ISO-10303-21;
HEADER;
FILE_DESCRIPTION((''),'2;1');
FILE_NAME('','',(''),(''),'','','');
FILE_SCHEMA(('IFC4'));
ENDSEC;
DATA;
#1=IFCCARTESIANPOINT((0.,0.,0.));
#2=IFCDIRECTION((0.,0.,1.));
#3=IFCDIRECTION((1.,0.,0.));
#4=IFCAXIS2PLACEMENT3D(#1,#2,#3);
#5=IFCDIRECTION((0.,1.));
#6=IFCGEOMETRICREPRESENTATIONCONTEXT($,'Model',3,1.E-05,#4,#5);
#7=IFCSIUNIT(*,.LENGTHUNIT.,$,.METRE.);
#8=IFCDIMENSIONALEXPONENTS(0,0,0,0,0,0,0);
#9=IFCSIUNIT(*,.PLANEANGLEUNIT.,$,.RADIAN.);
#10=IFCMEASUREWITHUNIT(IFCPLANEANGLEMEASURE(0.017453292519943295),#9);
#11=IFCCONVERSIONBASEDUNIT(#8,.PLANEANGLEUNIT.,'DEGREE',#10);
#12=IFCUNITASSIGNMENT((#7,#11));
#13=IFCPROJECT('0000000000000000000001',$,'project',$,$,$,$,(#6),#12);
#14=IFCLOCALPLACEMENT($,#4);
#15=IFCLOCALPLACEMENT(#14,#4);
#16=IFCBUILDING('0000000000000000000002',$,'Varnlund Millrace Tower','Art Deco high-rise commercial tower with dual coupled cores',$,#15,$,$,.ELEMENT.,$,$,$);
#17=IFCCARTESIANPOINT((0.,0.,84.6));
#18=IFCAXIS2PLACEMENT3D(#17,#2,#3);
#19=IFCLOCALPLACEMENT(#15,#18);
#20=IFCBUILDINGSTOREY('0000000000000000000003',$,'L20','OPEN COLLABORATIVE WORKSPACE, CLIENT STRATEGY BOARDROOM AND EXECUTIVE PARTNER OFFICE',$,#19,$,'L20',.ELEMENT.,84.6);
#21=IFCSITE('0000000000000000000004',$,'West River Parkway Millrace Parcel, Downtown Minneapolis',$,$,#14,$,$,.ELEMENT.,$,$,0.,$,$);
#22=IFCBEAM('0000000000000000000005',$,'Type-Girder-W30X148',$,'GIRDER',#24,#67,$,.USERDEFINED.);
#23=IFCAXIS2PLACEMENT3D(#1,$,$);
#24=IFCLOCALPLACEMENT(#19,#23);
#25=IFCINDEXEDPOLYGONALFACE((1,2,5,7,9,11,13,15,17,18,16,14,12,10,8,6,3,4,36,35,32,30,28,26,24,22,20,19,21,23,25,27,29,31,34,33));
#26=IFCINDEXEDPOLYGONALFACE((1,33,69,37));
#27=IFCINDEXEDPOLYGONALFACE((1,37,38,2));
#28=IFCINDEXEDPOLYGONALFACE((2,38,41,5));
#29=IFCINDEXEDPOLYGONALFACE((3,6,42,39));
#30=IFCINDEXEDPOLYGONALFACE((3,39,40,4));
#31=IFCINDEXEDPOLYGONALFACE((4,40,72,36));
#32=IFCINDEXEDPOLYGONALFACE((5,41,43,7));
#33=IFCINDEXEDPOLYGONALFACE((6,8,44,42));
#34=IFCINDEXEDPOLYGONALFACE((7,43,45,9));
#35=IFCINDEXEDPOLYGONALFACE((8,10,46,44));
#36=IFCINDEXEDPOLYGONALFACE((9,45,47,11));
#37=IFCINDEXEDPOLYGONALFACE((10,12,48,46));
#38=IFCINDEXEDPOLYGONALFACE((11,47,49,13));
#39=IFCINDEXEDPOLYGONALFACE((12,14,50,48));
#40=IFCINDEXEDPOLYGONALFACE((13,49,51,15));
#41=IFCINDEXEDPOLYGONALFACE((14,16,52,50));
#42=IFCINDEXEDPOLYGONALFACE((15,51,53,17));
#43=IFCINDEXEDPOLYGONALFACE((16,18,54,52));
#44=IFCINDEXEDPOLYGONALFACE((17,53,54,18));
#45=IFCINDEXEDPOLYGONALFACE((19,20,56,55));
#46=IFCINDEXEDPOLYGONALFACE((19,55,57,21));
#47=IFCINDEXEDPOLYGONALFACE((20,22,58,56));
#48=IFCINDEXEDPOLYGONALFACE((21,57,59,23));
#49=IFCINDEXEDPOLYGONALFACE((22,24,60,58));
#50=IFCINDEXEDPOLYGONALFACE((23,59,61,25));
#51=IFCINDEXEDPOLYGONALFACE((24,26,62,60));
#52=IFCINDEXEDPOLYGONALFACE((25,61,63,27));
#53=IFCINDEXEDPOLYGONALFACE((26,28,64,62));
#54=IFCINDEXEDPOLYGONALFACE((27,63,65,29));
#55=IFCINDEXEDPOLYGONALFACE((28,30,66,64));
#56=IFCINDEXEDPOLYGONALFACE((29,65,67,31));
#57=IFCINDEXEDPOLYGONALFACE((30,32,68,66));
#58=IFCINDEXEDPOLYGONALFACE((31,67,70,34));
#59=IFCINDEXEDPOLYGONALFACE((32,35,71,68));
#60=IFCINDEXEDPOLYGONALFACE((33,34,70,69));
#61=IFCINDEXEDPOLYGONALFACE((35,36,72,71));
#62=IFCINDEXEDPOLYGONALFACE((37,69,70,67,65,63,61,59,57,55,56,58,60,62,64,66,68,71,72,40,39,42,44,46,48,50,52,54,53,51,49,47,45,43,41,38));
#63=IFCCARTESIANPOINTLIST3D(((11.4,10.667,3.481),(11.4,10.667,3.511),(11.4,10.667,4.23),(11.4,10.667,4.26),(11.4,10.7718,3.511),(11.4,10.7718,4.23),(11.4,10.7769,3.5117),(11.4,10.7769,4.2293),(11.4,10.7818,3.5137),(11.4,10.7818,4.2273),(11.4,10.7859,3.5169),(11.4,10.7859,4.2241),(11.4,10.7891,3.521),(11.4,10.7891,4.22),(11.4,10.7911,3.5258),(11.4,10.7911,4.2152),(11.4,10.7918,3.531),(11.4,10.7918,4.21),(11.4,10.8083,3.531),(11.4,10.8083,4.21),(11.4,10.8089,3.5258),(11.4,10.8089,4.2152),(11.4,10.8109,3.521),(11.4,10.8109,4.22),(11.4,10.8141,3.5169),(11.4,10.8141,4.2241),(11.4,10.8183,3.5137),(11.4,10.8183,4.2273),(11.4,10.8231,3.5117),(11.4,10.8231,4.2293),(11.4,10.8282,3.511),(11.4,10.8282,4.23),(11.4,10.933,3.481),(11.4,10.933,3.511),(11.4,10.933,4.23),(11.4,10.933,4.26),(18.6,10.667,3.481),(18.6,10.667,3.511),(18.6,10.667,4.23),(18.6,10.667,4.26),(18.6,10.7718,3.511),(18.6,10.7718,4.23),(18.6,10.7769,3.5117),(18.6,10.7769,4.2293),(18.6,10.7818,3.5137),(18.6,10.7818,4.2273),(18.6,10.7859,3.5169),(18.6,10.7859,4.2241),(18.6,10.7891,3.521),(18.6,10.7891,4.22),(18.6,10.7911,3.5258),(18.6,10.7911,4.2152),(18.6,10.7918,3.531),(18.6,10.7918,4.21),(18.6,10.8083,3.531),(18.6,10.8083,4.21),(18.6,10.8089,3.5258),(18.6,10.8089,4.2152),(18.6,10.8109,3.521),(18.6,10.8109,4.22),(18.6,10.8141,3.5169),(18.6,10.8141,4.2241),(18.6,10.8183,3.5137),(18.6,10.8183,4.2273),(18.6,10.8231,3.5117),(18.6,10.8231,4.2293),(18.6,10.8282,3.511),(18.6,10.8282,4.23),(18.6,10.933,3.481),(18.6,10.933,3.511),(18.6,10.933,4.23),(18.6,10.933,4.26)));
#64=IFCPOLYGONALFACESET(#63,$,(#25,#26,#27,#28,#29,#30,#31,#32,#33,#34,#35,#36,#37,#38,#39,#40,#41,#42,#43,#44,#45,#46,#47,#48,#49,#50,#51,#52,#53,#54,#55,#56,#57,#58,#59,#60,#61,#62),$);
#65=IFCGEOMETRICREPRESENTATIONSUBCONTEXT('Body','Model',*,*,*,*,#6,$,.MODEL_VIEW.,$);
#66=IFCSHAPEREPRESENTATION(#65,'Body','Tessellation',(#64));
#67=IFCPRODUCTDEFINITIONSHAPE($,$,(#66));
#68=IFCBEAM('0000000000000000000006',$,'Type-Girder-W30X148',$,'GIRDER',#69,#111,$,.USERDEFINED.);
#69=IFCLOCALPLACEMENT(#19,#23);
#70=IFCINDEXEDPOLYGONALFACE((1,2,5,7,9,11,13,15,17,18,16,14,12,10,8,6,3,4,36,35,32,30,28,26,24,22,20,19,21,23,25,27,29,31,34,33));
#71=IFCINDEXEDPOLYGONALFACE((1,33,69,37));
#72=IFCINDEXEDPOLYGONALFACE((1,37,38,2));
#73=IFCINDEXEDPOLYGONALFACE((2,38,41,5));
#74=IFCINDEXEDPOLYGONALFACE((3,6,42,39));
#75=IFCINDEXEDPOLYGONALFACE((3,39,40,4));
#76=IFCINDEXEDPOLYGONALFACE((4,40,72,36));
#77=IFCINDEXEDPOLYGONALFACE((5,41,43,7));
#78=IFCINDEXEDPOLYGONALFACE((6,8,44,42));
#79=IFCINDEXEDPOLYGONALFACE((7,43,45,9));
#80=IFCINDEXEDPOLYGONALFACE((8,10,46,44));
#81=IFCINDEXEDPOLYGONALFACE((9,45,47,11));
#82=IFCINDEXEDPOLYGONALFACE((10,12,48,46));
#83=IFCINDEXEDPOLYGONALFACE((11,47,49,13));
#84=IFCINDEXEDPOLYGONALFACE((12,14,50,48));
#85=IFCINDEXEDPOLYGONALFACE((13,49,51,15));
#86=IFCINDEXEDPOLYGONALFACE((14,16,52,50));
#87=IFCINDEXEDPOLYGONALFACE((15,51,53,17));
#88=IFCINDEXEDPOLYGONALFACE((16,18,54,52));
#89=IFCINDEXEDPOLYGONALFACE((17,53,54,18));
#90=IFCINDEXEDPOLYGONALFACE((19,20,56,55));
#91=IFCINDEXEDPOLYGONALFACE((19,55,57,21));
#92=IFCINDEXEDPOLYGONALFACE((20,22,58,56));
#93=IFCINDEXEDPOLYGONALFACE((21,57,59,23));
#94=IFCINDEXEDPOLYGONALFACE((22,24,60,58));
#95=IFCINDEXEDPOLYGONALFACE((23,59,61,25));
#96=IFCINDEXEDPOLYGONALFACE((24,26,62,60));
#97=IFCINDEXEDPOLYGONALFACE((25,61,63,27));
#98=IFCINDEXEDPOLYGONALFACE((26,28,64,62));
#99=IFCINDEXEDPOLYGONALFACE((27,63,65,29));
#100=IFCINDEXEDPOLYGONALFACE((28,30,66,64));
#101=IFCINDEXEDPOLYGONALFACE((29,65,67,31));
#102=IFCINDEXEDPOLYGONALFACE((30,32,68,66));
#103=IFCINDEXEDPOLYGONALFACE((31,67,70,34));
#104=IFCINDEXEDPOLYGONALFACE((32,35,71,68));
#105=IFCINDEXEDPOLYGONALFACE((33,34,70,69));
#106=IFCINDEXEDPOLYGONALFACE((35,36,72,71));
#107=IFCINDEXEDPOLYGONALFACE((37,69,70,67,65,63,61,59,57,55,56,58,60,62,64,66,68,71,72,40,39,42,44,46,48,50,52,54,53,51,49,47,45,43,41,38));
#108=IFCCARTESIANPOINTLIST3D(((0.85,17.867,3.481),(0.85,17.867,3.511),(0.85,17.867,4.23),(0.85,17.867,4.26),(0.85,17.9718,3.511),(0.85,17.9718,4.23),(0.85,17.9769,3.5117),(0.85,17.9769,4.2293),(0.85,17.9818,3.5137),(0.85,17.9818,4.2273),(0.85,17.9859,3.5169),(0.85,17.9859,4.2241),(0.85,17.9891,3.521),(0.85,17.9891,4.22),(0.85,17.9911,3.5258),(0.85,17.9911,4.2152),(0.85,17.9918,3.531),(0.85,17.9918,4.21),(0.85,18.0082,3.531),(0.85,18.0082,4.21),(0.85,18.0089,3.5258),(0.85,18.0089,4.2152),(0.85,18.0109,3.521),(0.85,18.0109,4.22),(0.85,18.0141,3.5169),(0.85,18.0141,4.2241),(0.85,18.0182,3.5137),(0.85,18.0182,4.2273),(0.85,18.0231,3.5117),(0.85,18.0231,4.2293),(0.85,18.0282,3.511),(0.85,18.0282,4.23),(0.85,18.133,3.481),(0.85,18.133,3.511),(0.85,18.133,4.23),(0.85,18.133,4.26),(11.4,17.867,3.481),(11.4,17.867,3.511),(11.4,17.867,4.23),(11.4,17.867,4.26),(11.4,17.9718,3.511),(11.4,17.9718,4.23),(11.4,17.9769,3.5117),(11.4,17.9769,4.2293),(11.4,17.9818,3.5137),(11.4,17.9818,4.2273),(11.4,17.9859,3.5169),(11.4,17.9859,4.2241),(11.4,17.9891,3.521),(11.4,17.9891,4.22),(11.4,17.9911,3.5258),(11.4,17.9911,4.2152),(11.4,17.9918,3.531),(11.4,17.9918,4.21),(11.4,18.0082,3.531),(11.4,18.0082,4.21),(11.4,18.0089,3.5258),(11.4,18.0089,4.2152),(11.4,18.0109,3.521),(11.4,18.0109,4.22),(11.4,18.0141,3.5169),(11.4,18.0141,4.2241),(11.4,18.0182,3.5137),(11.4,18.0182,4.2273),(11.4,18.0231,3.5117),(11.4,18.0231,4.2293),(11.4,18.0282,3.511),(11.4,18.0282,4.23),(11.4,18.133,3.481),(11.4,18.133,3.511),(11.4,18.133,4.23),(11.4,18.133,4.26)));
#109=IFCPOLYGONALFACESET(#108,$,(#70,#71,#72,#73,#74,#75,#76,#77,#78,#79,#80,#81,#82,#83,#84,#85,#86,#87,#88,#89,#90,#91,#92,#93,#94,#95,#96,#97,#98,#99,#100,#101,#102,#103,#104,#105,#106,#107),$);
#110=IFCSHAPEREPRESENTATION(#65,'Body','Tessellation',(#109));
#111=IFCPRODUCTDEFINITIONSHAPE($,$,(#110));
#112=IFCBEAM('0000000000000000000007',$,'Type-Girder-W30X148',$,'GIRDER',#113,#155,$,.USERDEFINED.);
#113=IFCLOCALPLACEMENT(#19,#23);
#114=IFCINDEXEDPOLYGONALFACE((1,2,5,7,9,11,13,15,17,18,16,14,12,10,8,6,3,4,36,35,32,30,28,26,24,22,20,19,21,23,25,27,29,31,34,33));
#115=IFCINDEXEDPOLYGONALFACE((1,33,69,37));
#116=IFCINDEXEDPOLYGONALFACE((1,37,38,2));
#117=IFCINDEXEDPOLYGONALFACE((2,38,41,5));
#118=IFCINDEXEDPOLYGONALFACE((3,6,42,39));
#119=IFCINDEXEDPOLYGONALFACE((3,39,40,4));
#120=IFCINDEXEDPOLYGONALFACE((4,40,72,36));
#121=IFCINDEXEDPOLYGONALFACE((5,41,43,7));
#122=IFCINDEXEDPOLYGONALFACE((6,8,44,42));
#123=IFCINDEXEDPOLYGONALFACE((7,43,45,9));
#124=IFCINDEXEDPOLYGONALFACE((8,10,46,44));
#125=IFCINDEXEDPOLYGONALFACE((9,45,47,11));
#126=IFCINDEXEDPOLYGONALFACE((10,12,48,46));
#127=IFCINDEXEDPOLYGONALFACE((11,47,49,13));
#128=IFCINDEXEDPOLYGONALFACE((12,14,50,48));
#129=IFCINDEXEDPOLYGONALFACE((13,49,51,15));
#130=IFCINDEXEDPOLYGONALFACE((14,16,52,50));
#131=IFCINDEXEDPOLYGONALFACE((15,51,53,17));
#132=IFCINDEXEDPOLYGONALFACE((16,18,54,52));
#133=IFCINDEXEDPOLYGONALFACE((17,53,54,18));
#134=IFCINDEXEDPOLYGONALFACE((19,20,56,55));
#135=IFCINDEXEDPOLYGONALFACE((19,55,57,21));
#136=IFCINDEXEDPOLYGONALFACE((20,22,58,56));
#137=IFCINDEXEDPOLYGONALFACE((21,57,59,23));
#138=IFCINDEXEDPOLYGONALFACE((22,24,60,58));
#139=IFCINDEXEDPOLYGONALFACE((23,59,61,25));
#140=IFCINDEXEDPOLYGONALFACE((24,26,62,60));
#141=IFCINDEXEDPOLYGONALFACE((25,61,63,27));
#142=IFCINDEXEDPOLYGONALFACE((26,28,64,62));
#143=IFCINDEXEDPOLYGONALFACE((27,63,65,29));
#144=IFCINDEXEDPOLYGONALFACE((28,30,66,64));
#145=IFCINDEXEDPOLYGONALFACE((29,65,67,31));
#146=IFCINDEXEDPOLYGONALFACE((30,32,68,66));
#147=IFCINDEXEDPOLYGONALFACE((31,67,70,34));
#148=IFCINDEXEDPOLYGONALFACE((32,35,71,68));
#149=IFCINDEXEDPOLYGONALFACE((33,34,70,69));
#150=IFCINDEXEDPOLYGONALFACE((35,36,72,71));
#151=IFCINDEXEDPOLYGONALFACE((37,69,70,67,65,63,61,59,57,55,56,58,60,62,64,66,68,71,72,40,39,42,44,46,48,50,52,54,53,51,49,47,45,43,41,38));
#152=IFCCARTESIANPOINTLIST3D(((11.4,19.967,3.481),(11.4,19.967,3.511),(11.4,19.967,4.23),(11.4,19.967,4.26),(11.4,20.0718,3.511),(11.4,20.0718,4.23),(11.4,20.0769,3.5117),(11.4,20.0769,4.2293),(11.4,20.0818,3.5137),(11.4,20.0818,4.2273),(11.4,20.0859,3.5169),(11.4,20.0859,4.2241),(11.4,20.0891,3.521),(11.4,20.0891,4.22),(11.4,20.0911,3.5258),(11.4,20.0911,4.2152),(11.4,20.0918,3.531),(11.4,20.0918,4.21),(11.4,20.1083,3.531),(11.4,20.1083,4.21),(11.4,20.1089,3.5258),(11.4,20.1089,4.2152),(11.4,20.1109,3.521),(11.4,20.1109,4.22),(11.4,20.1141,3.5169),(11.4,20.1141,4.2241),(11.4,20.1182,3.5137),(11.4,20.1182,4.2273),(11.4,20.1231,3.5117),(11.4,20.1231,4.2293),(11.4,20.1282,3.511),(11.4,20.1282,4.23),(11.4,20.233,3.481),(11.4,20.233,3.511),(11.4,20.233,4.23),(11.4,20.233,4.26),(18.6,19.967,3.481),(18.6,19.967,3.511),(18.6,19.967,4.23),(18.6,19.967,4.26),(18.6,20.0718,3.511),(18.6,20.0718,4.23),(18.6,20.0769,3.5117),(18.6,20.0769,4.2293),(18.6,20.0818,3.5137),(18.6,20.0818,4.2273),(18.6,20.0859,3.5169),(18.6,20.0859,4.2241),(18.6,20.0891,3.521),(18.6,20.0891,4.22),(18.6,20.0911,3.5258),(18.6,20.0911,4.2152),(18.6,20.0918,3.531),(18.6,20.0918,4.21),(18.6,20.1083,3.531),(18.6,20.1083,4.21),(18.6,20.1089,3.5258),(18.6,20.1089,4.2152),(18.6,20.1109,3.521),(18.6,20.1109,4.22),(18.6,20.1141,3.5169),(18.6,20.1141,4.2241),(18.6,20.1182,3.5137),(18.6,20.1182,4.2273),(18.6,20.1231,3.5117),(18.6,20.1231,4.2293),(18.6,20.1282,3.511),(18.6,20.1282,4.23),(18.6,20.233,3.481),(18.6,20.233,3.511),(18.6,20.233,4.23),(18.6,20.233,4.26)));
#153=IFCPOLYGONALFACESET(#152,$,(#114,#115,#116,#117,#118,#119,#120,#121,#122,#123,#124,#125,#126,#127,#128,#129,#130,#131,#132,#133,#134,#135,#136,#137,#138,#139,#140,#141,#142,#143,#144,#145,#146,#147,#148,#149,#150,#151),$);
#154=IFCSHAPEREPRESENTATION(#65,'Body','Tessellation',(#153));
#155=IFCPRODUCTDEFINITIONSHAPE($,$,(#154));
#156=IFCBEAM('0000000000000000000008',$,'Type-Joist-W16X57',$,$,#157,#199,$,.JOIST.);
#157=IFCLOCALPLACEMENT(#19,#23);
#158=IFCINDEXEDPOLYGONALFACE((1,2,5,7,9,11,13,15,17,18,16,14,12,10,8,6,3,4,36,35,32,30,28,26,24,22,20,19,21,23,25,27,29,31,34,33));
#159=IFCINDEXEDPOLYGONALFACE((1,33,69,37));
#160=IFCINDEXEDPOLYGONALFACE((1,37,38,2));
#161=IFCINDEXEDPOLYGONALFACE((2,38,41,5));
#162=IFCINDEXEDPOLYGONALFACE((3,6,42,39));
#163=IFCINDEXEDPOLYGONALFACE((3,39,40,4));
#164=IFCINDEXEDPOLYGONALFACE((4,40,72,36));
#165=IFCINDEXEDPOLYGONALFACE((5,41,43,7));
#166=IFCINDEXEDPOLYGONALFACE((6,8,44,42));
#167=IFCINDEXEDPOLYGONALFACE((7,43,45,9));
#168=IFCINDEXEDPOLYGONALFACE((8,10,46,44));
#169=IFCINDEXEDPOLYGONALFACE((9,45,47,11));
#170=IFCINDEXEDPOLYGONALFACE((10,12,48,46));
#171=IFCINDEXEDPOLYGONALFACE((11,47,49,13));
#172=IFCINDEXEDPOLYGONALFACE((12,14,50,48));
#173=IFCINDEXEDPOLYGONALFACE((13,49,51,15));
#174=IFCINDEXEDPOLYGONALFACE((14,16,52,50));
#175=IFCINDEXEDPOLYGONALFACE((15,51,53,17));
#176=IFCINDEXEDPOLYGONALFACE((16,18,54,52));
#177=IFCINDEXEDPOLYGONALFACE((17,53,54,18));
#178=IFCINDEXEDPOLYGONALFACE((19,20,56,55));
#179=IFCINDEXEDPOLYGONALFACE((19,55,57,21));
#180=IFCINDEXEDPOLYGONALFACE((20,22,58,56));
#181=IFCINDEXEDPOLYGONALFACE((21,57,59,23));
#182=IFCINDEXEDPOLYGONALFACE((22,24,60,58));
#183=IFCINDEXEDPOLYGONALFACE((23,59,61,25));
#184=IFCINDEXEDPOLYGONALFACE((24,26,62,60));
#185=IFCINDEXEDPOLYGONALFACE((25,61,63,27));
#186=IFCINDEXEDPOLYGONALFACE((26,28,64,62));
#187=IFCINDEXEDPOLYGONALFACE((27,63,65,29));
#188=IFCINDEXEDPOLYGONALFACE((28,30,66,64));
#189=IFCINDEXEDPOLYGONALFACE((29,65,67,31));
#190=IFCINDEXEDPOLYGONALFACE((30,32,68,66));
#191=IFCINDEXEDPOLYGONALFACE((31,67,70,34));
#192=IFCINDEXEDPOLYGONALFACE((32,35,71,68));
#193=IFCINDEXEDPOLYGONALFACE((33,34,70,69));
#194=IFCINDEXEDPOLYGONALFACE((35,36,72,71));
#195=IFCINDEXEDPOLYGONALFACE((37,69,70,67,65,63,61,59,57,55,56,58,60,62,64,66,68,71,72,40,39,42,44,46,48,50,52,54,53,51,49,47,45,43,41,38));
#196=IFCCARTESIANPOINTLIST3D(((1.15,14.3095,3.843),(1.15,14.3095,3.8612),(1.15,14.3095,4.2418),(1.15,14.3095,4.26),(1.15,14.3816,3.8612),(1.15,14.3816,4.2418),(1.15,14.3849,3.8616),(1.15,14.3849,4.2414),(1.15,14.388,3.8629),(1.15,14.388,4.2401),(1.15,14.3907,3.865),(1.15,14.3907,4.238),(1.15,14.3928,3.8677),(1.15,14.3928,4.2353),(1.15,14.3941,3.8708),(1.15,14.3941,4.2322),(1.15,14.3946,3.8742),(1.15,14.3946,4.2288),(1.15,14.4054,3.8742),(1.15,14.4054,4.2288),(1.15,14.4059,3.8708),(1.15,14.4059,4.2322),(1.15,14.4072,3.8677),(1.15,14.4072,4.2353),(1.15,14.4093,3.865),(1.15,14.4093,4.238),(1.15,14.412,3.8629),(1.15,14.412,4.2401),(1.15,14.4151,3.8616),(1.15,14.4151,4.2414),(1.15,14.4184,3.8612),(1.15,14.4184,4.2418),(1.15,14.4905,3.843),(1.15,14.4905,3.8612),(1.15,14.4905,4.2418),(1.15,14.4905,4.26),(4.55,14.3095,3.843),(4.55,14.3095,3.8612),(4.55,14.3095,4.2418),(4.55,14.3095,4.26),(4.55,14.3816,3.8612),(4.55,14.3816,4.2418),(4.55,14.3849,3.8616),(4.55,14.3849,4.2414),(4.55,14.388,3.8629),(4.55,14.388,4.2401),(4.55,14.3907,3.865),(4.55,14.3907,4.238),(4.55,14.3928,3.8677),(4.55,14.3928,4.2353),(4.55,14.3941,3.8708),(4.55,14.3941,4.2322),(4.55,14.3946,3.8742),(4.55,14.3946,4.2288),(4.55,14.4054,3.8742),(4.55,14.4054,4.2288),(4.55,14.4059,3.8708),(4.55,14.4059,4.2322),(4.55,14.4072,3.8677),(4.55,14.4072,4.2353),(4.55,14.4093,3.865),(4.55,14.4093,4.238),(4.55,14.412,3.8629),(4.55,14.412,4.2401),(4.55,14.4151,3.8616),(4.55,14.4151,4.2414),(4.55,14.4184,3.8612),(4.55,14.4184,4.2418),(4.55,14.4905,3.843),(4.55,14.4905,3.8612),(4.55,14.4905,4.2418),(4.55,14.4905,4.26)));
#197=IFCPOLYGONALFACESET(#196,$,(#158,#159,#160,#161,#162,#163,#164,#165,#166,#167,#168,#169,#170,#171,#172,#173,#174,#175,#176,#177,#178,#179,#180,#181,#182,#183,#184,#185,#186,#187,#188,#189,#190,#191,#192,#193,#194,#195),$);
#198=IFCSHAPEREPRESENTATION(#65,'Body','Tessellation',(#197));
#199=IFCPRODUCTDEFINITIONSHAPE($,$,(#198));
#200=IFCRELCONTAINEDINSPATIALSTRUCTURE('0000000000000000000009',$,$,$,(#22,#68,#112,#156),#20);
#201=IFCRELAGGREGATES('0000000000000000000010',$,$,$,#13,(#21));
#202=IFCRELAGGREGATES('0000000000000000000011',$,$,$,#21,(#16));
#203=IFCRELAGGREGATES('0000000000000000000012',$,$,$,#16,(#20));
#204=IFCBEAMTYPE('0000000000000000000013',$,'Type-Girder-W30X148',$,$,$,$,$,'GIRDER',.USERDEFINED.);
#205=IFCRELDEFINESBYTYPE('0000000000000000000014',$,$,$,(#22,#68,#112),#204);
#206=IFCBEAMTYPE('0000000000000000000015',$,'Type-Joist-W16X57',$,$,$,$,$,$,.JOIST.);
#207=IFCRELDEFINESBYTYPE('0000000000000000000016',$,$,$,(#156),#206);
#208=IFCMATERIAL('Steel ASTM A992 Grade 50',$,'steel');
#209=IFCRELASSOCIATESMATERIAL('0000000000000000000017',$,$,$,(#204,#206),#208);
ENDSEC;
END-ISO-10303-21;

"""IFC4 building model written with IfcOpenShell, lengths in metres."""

from ifc_helpers import new_model, entity, si_unit, converted_unit, direction, frame, origin_with_axes, origin_2d_with_axis, place, context, subcontext, project, spatial, i_section, extrude, material, material_profile, profile_set, type_object, element, save


model = new_model("IFC4")

# Units and contexts
model_context = context("Model", 3, precision=1e-05, world=origin_with_axes(), true_north=direction((0.0, 1.0)))
body_context = subcontext(model_context, "Body", "Model", "MODEL_VIEW")
ifc_project = project(units=[si_unit("LENGTHUNIT", "METRE"), converted_unit("PLANEANGLEUNIT", "DEGREE", entity("IfcPlaneAngleMeasure", 0.017453292519943295), si_unit("PLANEANGLEUNIT", "RADIAN"), dimensions=[0, 0, 0, 0, 0, 0, 0])], contexts=[model_context])

# Site, building, storey
site_placement = place(None, origin_with_axes())
site = spatial("IfcSite", under=ifc_project, at=site_placement, Name="West River Parkway Millrace Parcel, Downtown Minneapolis", CompositionType="ELEMENT", RefElevation=0.0)
building_placement = place(site_placement, origin_with_axes())
building = spatial("IfcBuilding", under=site, at=building_placement, Name="Varnlund Millrace Tower", Description="Art Deco high-rise commercial tower with dual coupled cores", CompositionType="ELEMENT")
storey_placement = place(building_placement, frame((0.0, 0.0, 84.6), z_axis=(0.0, 0.0, 1.0), x_axis=(1.0, 0.0, 0.0)))
storey = spatial("IfcBuildingStorey", under=building, at=storey_placement, Name="L20", Description="OPEN COLLABORATIVE WORKSPACE, CLIENT STRATEGY BOARDROOM AND EXECUTIVE PARTNER OFFICE", LongName="L20", CompositionType="ELEMENT", Elevation=84.6)

# Beams
ifc_material_1 = material(Name="Steel ASTM A992 Grade 50", Category="steel")
ifc_material_profile_1 = material_profile(ifc_material_1, i_section(OverallWidth=0.266, OverallDepth=0.779, WebThickness=0.0165, FlangeThickness=0.03, FilletRadius=0.02, at=origin_2d_with_axis()), Name="Steel ASTM A992 Grade 50")
ifc_profile_set_1 = profile_set([ifc_material_profile_1], Name="Steel ASTM A992 Grade 50")
beam_type_1 = type_object("IfcBeamType", Name="Type-Girder-W30X148", ElementType="GIRDER", PredefinedType="USERDEFINED", material=ifc_profile_set_1)
beam_1_placement = place(storey_placement, frame((11.4, 10.8, 3.8705), z_axis=(1.0, 0.0, 0.0), x_axis=(0.0, 1.0, 0.0)))
element("IfcBeam", 1, at=beam_1_placement, inside=storey, type_object=beam_type_1, Name="Type-Girder-W30X148", ObjectType="GIRDER", PredefinedType="USERDEFINED", context=body_context, shape_type="SweptSolid", body=[
    extrude(i_section(OverallWidth=0.266, OverallDepth=0.779, WebThickness=0.0165, FlangeThickness=0.03, FilletRadius=0.02, at=origin_2d_with_axis()), origin_with_axes(), (0.0, 0.0, 1.0), 7.2),
])
beam_2_placement = place(storey_placement, frame((0.85, 18.0, 3.8705), z_axis=(1.0, 0.0, 0.0), x_axis=(0.0, 1.0, 0.0)))
element("IfcBeam", 2, at=beam_2_placement, inside=storey, type_object=beam_type_1, Name="Type-Girder-W30X148", ObjectType="GIRDER", PredefinedType="USERDEFINED", context=body_context, shape_type="SweptSolid", body=[
    extrude(i_section(OverallWidth=0.266, OverallDepth=0.779, WebThickness=0.0165, FlangeThickness=0.03, FilletRadius=0.02, at=origin_2d_with_axis()), origin_with_axes(), (0.0, 0.0, 1.0), 10.55),
])
beam_3_placement = place(storey_placement, frame((11.4, 20.1, 3.8705), z_axis=(1.0, 0.0, 0.0), x_axis=(0.0, 1.0, 0.0)))
element("IfcBeam", 3, at=beam_3_placement, inside=storey, type_object=beam_type_1, Name="Type-Girder-W30X148", ObjectType="GIRDER", PredefinedType="USERDEFINED", context=body_context, shape_type="SweptSolid", body=[
    extrude(i_section(OverallWidth=0.266, OverallDepth=0.779, WebThickness=0.0165, FlangeThickness=0.03, FilletRadius=0.02, at=origin_2d_with_axis()), origin_with_axes(), (0.0, 0.0, 1.0), 7.2),
])
ifc_material_profile_2 = material_profile(ifc_material_1, i_section(OverallWidth=0.181, OverallDepth=0.417, WebThickness=0.0109, FlangeThickness=0.0182, FilletRadius=0.013, at=origin_2d_with_axis()), Name="Steel ASTM A992 Grade 50")
ifc_profile_set_2 = profile_set([ifc_material_profile_2], Name="Steel ASTM A992 Grade 50")
beam_type_2 = type_object("IfcBeamType", Name="Type-Joist-W16X57", PredefinedType="JOIST", material=ifc_profile_set_2)
beam_4_placement = place(storey_placement, frame((1.15, 14.4, 4.0515), z_axis=(1.0, 0.0, 0.0), x_axis=(0.0, 1.0, 0.0)))
element("IfcBeam", 4, at=beam_4_placement, inside=storey, type_object=beam_type_2, Name="Type-Joist-W16X57", PredefinedType="JOIST", context=body_context, shape_type="SweptSolid", body=[
    extrude(i_section(OverallWidth=0.181, OverallDepth=0.417, WebThickness=0.0109, FlangeThickness=0.0182, FilletRadius=0.013, at=origin_2d_with_axis()), origin_with_axes(), (0.0, 0.0, 1.0), 3.4),
])

save(model, "model.ifc")
